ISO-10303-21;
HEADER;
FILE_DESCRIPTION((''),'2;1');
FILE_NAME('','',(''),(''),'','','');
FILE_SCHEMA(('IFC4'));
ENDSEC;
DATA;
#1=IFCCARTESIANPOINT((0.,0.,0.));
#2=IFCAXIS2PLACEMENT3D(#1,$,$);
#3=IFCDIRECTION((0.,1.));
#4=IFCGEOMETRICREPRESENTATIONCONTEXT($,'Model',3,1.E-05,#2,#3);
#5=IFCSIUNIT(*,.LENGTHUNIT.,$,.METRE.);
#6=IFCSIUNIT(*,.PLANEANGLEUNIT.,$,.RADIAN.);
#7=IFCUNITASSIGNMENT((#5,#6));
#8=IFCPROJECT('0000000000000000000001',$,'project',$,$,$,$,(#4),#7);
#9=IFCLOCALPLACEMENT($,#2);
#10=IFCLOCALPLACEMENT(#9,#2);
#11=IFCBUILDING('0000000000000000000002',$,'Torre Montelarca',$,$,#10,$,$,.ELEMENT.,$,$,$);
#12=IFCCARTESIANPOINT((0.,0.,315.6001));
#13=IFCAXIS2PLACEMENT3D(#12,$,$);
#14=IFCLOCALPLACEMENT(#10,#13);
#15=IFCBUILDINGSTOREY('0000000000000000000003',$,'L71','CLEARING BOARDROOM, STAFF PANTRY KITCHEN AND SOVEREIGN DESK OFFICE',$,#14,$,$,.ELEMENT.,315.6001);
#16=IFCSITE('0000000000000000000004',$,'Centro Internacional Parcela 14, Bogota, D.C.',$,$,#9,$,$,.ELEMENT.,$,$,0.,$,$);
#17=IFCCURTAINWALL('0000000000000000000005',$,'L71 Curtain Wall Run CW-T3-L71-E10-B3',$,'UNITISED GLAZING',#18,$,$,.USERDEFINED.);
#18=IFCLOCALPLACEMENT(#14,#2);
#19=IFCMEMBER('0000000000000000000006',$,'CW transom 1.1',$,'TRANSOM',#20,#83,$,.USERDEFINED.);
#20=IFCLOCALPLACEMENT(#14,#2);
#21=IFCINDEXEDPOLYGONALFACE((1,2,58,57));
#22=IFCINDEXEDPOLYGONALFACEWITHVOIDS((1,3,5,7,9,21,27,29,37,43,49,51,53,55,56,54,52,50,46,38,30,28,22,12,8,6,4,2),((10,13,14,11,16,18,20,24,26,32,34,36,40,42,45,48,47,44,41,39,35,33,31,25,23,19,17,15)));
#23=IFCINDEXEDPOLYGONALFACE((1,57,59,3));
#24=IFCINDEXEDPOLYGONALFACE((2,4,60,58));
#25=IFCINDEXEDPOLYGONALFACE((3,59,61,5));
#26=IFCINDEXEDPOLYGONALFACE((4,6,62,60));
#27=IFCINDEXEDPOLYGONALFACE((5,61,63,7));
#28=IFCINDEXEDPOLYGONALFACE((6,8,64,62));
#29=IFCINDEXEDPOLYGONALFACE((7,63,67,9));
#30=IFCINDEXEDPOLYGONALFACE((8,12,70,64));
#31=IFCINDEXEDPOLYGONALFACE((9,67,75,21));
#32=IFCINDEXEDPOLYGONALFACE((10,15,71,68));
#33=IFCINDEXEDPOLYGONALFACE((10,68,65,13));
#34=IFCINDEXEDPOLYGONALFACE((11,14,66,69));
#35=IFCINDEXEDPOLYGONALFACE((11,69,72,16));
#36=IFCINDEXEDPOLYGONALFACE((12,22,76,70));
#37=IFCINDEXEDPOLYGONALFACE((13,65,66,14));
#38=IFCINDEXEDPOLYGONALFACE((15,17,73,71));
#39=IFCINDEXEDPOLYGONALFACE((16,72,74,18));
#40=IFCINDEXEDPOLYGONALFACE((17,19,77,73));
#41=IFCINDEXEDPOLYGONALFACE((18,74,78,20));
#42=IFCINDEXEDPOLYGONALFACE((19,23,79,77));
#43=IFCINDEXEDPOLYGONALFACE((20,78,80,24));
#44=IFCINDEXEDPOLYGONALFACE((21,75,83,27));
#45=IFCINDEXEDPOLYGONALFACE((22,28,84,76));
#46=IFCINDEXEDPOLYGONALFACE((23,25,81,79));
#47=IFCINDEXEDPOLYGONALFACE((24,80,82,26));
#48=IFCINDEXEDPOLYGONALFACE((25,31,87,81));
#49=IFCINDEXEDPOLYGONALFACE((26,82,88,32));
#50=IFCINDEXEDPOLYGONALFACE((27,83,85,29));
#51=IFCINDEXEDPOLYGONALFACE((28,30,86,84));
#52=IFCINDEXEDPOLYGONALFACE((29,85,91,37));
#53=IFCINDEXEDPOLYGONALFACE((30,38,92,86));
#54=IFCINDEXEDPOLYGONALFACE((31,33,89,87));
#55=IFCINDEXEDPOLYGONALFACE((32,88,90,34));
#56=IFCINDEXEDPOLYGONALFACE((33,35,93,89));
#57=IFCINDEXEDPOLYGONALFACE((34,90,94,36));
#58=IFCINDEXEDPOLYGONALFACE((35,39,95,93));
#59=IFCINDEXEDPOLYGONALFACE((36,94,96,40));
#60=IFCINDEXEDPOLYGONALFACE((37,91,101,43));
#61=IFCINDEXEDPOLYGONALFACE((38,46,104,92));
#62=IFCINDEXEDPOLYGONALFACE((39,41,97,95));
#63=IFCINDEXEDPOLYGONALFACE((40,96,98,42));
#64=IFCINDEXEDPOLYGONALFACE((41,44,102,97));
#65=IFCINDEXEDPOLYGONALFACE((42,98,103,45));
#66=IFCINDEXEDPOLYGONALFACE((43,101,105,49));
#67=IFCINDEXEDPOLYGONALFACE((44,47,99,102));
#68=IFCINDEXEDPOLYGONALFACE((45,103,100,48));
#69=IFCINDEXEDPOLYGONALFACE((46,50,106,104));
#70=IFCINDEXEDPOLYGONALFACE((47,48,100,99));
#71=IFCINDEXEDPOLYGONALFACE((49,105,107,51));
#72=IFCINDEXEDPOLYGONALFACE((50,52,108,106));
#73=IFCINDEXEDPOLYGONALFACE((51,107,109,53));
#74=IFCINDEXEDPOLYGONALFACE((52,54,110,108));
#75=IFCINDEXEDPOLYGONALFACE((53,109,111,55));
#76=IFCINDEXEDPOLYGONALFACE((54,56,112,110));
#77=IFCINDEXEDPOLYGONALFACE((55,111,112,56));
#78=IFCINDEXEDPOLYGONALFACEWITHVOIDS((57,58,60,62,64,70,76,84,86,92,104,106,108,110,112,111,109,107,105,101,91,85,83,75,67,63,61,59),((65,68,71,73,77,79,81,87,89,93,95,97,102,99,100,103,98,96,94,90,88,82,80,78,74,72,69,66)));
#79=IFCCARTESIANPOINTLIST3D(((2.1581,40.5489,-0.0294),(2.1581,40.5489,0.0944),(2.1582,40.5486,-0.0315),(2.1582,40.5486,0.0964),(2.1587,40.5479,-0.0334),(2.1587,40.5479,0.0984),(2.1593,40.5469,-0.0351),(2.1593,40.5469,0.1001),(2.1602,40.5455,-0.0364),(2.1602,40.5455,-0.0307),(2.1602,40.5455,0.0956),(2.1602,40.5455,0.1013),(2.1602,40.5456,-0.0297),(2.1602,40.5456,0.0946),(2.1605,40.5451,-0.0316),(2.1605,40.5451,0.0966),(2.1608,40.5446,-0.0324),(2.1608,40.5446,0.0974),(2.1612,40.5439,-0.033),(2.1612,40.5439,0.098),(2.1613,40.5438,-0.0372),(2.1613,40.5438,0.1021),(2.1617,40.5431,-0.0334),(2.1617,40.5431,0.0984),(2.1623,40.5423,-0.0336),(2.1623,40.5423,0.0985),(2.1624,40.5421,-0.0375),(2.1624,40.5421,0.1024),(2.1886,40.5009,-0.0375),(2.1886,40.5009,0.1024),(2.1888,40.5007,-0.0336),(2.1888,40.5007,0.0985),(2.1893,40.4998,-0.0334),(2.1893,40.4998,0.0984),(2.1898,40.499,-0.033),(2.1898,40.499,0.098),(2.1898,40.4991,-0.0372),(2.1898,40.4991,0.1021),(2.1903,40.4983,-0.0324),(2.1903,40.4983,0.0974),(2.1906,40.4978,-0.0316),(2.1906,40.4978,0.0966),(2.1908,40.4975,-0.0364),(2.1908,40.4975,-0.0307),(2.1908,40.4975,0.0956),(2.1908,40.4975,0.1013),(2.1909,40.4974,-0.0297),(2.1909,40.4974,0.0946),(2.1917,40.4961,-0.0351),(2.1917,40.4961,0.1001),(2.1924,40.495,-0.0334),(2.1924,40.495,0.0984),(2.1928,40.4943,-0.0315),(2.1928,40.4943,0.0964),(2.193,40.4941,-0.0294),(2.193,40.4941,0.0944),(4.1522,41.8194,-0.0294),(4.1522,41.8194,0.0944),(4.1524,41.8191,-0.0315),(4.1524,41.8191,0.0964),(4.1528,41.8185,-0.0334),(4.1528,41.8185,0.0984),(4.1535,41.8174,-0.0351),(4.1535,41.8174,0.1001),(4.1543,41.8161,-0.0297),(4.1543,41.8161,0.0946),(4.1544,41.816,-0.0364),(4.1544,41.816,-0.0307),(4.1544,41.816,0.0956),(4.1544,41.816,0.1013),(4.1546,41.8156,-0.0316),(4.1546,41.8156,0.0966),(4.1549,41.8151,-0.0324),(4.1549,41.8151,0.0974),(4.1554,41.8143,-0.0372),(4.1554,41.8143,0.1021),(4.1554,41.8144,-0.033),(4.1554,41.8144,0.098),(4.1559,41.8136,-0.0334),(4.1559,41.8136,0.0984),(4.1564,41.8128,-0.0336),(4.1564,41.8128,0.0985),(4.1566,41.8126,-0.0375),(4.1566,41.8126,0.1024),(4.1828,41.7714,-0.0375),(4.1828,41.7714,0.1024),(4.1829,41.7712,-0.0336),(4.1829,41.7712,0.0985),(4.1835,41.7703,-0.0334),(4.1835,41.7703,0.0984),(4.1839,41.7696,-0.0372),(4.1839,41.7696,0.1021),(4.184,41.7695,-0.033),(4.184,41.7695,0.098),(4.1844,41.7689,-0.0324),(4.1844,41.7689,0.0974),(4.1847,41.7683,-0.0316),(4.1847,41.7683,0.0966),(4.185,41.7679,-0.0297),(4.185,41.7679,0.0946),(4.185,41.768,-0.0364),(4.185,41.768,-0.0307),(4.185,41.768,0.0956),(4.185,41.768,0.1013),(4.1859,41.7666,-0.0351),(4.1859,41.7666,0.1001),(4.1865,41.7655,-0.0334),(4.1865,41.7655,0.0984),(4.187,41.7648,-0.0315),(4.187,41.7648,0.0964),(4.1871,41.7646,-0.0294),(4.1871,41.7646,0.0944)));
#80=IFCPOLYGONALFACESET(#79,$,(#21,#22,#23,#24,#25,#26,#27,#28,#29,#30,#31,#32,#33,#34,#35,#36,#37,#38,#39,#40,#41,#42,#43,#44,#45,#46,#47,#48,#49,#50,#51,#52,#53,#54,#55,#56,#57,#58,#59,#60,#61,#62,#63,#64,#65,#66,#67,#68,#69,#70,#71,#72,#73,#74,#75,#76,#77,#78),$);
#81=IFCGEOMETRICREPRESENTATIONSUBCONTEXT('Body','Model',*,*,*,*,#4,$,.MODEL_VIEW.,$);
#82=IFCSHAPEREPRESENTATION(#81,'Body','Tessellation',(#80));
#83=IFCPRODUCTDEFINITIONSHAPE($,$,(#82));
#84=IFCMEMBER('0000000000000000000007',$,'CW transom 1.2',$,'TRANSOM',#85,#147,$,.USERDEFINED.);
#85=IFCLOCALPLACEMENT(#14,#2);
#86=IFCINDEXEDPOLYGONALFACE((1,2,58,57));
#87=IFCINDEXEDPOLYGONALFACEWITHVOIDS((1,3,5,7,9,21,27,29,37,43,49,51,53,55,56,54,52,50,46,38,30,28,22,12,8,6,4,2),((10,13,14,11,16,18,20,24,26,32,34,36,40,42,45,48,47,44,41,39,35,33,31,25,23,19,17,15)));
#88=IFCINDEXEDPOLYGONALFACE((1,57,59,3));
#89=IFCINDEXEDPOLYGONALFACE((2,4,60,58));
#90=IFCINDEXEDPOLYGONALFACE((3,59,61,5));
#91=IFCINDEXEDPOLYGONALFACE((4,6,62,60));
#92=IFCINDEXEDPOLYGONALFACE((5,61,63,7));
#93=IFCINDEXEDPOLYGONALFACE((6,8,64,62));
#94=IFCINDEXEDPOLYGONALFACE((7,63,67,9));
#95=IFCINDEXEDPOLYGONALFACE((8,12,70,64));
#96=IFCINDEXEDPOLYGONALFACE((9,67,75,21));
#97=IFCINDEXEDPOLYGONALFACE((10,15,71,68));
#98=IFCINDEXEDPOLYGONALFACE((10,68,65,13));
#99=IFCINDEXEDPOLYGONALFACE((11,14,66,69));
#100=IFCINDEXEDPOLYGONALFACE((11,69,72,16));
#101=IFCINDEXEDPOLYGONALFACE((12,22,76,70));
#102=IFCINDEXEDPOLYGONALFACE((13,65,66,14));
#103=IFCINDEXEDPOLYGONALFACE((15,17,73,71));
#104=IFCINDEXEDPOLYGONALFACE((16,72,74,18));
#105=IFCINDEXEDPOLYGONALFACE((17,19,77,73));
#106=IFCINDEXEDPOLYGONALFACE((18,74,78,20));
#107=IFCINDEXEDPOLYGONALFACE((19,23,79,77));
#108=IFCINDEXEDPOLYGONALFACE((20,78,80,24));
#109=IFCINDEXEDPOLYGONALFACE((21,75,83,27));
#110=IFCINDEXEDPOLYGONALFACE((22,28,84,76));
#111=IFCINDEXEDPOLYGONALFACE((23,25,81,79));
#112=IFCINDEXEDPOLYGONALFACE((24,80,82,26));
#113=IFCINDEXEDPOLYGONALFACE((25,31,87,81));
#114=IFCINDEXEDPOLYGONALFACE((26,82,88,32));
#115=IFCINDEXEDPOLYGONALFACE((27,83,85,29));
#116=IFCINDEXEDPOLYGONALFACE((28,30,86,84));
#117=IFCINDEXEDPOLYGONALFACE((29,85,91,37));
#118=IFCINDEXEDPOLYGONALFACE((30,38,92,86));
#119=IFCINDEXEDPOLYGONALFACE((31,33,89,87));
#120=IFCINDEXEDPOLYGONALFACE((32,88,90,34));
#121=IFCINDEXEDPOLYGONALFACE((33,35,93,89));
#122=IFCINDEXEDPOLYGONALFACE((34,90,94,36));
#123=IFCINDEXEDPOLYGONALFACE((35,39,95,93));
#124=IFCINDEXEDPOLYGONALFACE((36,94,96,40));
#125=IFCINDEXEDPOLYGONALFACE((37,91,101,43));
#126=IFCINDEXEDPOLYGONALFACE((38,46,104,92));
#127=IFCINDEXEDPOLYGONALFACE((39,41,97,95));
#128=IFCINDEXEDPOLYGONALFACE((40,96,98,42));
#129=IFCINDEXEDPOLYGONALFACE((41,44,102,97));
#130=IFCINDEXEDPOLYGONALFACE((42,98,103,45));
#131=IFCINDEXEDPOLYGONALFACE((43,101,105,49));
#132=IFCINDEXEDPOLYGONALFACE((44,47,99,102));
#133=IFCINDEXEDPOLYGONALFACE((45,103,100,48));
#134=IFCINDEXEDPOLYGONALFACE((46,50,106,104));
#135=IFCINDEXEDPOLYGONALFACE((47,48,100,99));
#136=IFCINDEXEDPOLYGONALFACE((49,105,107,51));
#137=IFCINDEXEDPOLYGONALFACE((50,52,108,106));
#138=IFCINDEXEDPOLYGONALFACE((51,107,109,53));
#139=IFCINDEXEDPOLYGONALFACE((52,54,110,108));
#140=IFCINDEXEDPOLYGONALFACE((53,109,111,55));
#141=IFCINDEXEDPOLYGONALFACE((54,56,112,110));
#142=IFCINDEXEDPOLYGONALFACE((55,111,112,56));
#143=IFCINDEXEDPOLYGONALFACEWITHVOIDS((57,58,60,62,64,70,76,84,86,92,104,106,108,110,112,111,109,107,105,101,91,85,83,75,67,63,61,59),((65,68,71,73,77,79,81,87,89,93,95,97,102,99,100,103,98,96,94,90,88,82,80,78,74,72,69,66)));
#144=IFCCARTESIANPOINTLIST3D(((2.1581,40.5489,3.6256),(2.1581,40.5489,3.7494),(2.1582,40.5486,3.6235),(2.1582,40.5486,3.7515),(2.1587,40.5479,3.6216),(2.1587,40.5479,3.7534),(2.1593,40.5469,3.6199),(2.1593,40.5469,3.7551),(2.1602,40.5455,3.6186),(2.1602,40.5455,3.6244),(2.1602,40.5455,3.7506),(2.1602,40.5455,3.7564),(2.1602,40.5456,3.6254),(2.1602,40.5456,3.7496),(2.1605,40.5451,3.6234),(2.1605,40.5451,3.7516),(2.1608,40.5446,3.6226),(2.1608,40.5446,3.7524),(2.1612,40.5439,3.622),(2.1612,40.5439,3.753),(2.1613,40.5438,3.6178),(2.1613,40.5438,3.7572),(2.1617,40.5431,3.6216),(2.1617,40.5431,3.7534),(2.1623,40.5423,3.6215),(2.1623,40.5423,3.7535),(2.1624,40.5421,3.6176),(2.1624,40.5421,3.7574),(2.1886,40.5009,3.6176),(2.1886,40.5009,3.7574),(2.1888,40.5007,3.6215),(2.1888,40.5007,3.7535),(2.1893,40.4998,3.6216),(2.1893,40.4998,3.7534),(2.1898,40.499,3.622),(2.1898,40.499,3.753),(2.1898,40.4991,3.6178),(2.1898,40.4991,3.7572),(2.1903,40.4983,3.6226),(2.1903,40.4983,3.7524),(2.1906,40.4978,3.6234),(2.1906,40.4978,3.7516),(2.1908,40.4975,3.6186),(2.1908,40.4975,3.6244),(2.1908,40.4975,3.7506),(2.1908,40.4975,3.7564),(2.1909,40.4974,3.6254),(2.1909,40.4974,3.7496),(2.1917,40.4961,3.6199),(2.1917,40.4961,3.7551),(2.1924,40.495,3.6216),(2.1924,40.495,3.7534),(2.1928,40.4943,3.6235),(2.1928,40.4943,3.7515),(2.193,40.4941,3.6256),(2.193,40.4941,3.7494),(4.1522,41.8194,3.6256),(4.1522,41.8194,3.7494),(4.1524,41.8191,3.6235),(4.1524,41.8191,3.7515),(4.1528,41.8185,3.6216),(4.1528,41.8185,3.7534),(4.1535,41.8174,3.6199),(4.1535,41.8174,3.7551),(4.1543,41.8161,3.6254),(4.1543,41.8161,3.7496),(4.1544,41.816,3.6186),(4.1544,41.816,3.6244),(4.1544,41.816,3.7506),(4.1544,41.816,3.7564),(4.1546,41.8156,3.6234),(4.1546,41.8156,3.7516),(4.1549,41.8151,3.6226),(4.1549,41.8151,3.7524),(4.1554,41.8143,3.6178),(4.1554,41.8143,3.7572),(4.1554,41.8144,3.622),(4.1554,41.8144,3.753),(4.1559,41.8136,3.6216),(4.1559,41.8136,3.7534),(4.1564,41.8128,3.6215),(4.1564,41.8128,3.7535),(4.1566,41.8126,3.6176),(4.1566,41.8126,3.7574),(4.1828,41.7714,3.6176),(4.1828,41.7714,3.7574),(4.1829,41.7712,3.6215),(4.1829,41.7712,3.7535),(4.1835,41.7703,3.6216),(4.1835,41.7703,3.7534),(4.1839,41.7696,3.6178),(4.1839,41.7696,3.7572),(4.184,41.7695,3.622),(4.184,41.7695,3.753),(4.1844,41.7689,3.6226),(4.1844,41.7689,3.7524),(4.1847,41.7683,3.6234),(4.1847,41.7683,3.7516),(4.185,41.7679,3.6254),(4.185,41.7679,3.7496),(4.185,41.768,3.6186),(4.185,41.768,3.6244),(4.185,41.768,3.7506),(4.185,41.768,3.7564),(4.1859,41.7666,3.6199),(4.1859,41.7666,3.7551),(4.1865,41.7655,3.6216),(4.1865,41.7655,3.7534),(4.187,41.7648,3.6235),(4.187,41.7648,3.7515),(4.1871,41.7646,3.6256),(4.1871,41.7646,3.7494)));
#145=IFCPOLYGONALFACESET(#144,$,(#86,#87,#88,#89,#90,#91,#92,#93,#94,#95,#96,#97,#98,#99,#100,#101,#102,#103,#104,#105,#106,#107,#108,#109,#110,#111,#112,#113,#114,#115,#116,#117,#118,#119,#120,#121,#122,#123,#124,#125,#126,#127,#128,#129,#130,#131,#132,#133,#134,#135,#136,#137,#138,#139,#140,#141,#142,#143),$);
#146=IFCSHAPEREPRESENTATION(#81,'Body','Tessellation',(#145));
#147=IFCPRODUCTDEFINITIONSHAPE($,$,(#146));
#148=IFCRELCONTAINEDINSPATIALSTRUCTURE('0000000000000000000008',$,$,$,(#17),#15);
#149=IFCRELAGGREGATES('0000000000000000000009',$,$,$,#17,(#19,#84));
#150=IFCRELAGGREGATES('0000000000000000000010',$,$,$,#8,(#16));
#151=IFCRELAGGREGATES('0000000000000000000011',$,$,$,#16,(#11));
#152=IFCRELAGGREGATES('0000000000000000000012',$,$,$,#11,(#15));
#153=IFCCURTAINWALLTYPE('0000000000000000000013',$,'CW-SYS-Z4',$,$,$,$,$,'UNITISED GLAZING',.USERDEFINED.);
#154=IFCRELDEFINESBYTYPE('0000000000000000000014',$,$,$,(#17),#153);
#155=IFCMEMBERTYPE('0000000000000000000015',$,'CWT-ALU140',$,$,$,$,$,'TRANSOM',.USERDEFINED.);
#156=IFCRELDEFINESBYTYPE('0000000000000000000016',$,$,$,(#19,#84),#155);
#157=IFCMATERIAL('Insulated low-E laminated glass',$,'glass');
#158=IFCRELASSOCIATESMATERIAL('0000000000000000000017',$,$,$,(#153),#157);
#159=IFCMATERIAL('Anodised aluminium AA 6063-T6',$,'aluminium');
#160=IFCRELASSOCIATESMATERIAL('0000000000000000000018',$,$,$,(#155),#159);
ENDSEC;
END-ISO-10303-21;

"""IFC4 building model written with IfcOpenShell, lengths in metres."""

from ifc_helpers import new_model, si_unit, direction, frame, origin, origin_2d, place, context, subcontext, project, spatial, hollow_rectangle, extrude, source, transform, mapped, material, material_profile, profile_set, type_object, element, aggregate, save


model = new_model("IFC4")

# Units and contexts
model_context = context("Model", 3, precision=1e-05, world=origin(), true_north=direction((0.0, 1.0)))
body_context = subcontext(model_context, "Body", "Model", "MODEL_VIEW")
ifc_project = project(units=[si_unit("LENGTHUNIT", "METRE"), si_unit("PLANEANGLEUNIT", "RADIAN")], contexts=[model_context])

# Site, building, storey
site_placement = place(None, origin())
site = spatial("IfcSite", under=ifc_project, at=site_placement, Name="Centro Internacional Parcela 14, Bogota, D.C.", CompositionType="ELEMENT", RefElevation=0.0)
building_placement = place(site_placement, origin())
building = spatial("IfcBuilding", under=site, at=building_placement, Name="Torre Montelarca", CompositionType="ELEMENT")
storey_placement = place(building_placement, frame((0.0, 0.0, 315.6001)))
storey = spatial("IfcBuildingStorey", under=building, at=storey_placement, Name="L71", Description="CLEARING BOARDROOM, STAFF PANTRY KITCHEN AND SOVEREIGN DESK OFFICE", CompositionType="ELEMENT", Elevation=315.6001)

# Curtain wall
ifc_material_1 = material(Name="Insulated low-E laminated glass", Category="glass")
curtain_wall_type = type_object("IfcCurtainWallType", Name="CW-SYS-Z4", ElementType="UNITISED GLAZING", PredefinedType="USERDEFINED", material=ifc_material_1)
curtain_wall_1_placement = place(storey_placement, origin())
curtain_wall_1 = element("IfcCurtainWall", 1, at=curtain_wall_1_placement, inside=storey, type_object=curtain_wall_type, Name="L71 Curtain Wall Run CW-T3-L71-E10-B3", ObjectType="UNITISED GLAZING", PredefinedType="USERDEFINED")
ifc_material_2 = material(Name="Anodised aluminium AA 6063-T6", Category="aluminium")
ifc_material_profile_1 = material_profile(ifc_material_2, hollow_rectangle(XDim=0.0649, YDim=0.1399, WallThickness=0.0039, InnerFilletRadius=0.0039, OuterFilletRadius=0.0081, at=origin_2d()), Name="ALU65X140X4", Category="aluminium")
ifc_profile_set_1 = profile_set([ifc_material_profile_1], Name="Anodised aluminium AA 6063-T6")
member_type_1 = type_object("IfcMemberType", Name="CWT-ALU140", ElementType="TRANSOM", PredefinedType="USERDEFINED", material=ifc_profile_set_1)

# Members
shared_shape_1 = source(origin(), body_context, "Body", "SweptSolid", [
    extrude(hollow_rectangle(XDim=0.0649, YDim=0.1399, WallThickness=0.0039, InnerFilletRadius=0.0039, OuterFilletRadius=0.0081, at=origin_2d()), origin(), (0.0, 0.0, 1.0), 2.3645),
])
member_1_placement = place(storey_placement, frame((4.1697, 41.792, 0.0325), z_axis=(-0.843372, -0.53733, 0.0), x_axis=(0.53733, -0.843372, 0.0)))
member_1 = element("IfcMember", 2, at=member_1_placement, type_object=member_type_1, Name="CW transom 1.1", ObjectType="TRANSOM", PredefinedType="USERDEFINED", context=body_context, shape_type="MappedRepresentation", body=[
    mapped(shared_shape_1, transform((0.0, 0.0, 0.0), scale=1.0)),
])
member_2_placement = place(storey_placement, frame((4.1697, 41.792, 3.6875), z_axis=(-0.843372, -0.53733, 0.0), x_axis=(0.53733, -0.843372, 0.0)))
member_2 = element("IfcMember", 3, at=member_2_placement, type_object=member_type_1, Name="CW transom 1.2", ObjectType="TRANSOM", PredefinedType="USERDEFINED", context=body_context, shape_type="MappedRepresentation", body=[
    mapped(shared_shape_1, transform((0.0, 0.0, 0.0), scale=1.0)),
])

aggregate(curtain_wall_1, [member_1, member_2])

save(model, "model.ifc")
